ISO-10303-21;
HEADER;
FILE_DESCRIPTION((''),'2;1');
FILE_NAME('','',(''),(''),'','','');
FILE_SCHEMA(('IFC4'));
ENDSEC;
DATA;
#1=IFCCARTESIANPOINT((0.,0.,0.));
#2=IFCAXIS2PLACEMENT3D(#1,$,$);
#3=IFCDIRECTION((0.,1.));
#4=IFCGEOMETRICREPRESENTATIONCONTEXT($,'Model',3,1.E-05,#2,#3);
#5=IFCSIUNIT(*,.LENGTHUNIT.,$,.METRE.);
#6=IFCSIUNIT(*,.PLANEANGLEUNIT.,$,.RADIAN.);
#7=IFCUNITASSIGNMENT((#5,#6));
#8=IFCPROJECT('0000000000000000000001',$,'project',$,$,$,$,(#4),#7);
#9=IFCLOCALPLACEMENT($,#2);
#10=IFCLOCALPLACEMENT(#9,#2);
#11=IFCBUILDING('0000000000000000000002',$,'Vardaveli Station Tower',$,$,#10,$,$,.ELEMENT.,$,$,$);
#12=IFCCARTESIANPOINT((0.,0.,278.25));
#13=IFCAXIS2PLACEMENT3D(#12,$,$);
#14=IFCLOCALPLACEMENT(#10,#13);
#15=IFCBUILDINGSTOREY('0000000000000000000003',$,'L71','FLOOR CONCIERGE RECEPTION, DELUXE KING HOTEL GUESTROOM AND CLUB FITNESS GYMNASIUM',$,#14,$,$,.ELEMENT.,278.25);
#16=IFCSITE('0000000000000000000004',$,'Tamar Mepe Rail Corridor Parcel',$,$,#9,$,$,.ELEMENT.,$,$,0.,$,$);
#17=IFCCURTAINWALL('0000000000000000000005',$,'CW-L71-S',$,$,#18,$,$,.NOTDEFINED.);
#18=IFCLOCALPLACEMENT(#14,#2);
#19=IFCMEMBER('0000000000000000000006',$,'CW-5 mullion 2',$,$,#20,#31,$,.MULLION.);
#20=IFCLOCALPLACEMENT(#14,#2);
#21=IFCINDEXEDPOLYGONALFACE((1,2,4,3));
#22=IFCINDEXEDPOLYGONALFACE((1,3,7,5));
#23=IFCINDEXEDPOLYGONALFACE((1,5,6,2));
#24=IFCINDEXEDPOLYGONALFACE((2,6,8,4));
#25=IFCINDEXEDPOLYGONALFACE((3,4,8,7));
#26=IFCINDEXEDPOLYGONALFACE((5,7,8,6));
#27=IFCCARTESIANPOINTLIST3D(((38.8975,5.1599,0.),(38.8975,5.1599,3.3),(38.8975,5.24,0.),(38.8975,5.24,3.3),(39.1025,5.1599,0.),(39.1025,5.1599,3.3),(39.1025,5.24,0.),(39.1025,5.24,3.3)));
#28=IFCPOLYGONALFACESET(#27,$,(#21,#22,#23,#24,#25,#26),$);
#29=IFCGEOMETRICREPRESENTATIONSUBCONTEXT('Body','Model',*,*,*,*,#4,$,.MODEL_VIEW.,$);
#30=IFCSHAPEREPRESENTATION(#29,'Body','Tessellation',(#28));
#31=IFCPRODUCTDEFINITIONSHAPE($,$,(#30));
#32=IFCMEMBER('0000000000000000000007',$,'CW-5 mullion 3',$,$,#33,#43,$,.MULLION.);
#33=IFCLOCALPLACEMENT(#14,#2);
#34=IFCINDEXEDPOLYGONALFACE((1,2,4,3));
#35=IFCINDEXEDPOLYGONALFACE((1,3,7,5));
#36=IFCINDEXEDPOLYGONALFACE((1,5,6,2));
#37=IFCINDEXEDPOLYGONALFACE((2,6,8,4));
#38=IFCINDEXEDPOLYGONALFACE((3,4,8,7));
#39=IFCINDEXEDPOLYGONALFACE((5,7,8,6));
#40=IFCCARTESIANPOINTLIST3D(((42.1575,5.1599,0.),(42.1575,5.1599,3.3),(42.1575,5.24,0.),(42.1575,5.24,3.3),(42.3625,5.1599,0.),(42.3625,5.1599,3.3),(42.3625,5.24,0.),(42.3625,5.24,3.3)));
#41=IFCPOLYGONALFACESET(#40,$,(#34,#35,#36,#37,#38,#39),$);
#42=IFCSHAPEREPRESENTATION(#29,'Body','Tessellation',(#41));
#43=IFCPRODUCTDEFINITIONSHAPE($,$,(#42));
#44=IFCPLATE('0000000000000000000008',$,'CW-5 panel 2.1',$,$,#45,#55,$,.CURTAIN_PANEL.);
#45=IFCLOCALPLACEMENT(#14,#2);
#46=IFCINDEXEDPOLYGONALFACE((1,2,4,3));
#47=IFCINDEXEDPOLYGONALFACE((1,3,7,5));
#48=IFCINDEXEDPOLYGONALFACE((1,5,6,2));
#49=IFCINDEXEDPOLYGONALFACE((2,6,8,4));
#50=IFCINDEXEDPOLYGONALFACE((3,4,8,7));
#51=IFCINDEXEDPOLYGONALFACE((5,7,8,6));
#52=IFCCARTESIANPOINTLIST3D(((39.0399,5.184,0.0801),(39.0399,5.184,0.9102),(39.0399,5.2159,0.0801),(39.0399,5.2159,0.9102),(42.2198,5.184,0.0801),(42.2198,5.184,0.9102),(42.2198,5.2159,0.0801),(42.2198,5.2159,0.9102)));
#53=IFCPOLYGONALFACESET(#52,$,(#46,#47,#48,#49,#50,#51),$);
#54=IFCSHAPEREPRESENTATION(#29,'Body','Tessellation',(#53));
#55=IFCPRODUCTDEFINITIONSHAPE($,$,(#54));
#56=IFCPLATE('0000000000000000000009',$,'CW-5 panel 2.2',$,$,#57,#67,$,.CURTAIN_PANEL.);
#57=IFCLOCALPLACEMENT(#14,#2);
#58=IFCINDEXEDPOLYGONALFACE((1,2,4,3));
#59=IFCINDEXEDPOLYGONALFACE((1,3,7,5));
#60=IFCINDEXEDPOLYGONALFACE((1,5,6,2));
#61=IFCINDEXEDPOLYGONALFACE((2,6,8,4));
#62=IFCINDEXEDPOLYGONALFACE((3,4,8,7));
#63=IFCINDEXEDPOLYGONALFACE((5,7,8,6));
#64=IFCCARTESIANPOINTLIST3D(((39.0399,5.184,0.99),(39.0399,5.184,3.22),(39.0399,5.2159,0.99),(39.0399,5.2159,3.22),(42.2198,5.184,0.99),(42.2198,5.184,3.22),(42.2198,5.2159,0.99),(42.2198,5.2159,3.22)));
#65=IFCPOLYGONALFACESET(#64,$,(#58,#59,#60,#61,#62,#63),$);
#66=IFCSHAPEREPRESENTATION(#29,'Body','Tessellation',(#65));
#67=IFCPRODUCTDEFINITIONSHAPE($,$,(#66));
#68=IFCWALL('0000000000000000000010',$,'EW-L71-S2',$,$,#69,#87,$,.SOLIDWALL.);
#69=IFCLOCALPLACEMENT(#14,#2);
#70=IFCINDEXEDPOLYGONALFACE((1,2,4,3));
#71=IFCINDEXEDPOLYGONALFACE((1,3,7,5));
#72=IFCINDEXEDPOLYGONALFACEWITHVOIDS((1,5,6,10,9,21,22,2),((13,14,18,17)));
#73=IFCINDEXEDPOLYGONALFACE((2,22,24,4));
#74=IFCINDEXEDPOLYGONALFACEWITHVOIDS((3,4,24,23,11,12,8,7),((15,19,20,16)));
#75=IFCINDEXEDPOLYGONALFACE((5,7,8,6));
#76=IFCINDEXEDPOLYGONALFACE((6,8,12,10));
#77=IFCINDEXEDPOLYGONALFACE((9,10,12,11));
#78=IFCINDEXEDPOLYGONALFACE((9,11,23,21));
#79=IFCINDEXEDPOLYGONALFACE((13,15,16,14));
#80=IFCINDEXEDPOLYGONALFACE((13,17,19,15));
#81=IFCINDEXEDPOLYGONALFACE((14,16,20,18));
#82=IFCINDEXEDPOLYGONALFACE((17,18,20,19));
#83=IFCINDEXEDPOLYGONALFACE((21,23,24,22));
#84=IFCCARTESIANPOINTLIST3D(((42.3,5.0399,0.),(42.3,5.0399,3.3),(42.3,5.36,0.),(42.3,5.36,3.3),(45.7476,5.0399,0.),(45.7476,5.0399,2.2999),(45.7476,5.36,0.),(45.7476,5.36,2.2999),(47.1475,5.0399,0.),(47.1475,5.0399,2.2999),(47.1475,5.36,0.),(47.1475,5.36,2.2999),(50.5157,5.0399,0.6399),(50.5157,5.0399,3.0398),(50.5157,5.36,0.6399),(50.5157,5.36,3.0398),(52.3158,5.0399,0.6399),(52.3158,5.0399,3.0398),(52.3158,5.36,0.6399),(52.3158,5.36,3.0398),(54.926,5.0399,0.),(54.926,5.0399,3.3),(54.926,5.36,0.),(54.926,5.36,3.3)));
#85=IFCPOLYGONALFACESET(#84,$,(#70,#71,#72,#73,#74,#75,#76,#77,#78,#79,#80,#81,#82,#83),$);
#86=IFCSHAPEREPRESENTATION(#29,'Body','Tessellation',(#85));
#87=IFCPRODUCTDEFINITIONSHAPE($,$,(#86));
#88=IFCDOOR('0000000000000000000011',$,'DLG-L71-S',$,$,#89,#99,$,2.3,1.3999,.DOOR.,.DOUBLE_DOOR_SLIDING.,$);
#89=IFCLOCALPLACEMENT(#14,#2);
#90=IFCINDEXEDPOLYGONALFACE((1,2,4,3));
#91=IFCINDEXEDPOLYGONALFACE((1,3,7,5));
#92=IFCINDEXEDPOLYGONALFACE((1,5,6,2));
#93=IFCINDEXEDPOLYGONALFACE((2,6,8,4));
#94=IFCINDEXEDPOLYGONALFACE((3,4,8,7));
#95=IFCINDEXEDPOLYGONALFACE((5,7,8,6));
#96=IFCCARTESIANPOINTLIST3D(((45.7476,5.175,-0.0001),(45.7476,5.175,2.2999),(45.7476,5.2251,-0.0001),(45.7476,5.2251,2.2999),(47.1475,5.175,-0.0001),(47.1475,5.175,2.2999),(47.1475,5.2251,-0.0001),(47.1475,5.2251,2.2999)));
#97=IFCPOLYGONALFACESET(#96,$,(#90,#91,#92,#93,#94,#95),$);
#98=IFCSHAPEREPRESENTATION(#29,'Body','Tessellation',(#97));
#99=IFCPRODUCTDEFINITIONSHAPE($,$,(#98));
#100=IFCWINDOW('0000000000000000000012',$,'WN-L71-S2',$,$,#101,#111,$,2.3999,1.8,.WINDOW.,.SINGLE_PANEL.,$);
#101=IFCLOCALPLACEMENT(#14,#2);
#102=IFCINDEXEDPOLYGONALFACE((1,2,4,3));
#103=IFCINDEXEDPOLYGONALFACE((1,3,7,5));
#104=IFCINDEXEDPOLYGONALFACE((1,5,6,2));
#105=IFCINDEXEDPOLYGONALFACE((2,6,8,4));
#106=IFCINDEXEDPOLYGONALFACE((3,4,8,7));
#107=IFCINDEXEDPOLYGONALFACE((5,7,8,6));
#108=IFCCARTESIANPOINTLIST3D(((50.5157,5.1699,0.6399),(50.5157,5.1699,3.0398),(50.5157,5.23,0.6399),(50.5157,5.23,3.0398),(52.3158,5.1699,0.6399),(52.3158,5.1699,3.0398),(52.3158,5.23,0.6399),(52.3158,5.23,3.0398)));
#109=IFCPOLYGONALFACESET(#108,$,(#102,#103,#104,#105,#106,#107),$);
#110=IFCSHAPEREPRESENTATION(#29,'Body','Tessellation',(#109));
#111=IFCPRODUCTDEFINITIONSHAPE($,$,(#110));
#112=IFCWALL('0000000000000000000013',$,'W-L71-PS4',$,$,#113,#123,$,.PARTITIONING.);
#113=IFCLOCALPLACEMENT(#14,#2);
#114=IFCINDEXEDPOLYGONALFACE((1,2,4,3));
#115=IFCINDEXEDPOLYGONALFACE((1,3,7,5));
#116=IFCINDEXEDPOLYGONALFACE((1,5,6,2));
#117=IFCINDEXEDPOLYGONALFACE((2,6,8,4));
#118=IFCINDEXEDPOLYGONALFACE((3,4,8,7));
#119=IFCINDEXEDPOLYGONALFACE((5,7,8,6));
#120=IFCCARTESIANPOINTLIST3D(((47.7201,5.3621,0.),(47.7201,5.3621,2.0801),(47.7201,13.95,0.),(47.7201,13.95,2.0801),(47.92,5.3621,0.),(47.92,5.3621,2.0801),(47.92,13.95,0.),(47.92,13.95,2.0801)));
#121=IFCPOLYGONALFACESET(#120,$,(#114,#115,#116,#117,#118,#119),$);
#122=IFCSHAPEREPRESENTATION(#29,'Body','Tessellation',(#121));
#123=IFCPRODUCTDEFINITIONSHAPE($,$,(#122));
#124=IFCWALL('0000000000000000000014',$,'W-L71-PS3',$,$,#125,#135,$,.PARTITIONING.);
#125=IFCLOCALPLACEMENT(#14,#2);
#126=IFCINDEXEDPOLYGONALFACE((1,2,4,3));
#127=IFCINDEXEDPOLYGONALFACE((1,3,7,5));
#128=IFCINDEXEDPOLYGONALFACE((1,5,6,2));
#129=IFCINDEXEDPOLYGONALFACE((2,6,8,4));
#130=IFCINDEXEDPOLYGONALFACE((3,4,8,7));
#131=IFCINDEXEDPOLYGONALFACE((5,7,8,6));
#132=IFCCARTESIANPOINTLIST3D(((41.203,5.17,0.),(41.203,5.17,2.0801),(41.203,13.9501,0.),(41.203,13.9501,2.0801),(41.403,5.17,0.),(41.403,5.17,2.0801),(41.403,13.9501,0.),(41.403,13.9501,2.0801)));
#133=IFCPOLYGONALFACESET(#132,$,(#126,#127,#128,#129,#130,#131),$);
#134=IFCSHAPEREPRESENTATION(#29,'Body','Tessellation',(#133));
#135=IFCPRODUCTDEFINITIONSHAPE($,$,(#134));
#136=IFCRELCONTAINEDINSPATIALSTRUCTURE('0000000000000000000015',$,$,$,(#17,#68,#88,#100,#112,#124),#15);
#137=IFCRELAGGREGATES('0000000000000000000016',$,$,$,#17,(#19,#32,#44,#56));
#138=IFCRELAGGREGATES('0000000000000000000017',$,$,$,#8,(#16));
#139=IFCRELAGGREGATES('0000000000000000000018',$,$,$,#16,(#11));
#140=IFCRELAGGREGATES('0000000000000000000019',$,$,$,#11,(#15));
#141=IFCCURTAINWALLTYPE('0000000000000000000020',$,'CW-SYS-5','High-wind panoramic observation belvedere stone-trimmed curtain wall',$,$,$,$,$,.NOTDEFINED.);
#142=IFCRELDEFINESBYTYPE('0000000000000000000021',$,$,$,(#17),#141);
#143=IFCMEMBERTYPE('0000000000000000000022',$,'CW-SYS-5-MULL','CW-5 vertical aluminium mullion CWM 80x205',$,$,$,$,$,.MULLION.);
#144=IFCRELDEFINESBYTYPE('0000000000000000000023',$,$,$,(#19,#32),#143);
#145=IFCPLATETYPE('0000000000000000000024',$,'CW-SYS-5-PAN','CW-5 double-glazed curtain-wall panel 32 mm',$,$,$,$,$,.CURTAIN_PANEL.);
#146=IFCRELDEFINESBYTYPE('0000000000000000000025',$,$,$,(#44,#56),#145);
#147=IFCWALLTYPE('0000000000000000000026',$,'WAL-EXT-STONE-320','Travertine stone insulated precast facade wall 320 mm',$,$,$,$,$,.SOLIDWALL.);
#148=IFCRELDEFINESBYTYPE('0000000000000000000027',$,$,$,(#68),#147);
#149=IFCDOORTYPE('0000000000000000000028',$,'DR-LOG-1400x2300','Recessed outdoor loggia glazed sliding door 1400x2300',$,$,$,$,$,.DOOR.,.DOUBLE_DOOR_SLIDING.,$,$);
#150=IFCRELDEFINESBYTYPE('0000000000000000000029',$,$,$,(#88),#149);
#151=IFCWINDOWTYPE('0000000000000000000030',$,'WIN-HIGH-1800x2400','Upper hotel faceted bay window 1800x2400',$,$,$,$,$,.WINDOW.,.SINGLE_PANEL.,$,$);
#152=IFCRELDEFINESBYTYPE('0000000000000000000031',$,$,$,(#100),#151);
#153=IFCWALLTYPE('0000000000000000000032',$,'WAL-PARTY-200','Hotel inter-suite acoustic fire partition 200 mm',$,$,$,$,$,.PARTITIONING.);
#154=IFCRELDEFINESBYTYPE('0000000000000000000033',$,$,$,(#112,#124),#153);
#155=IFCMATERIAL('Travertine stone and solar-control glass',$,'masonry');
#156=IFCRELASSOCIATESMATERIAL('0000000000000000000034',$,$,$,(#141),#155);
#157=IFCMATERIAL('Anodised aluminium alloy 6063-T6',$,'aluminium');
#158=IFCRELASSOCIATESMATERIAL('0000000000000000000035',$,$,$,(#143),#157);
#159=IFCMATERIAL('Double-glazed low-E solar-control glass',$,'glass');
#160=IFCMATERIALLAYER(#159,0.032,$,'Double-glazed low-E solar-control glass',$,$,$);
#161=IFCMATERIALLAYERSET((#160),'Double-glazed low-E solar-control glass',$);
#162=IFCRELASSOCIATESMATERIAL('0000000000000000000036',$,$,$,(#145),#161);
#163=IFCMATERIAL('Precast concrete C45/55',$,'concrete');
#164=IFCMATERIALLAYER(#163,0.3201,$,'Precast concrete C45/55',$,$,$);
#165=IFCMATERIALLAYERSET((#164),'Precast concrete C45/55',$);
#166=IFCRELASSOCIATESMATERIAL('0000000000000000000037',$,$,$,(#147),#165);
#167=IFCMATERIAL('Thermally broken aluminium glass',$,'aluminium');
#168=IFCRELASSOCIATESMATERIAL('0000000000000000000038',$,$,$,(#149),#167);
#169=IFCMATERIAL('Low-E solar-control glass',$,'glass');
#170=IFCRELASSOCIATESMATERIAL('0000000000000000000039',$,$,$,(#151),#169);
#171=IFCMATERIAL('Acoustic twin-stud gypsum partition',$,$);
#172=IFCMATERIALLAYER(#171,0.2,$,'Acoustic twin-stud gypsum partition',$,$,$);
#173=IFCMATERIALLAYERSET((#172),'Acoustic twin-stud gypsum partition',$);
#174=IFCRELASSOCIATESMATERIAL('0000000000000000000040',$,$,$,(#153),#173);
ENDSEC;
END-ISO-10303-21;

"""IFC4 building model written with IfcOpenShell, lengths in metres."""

from ifc_helpers import new_model, si_unit, direction, frame, frame_2d, origin, origin_2d, place, context, subcontext, project, spatial, rectangle, extrude, source, transform, mapped, material, layer, layer_set, material_profile, profile_set, type_object, element, fill, aggregate, save


model = new_model("IFC4")

# Units and contexts
model_context = context("Model", 3, precision=1e-05, world=origin(), true_north=direction((0.0, 1.0)))
body_context = subcontext(model_context, "Body", "Model", "MODEL_VIEW")
ifc_project = project(units=[si_unit("LENGTHUNIT", "METRE"), si_unit("PLANEANGLEUNIT", "RADIAN")], contexts=[model_context])

# Site, building, storey
site_placement = place(None, origin())
site = spatial("IfcSite", under=ifc_project, at=site_placement, Name="Tamar Mepe Rail Corridor Parcel", CompositionType="ELEMENT", RefElevation=0.0)
building_placement = place(site_placement, origin())
building = spatial("IfcBuilding", under=site, at=building_placement, Name="Vardaveli Station Tower", CompositionType="ELEMENT")
storey_placement = place(building_placement, frame((0.0, 0.0, 278.25)))
storey = spatial("IfcBuildingStorey", under=building, at=storey_placement, Name="L71", Description="FLOOR CONCIERGE RECEPTION, DELUXE KING HOTEL GUESTROOM AND CLUB FITNESS GYMNASIUM", CompositionType="ELEMENT", Elevation=278.25)

# Shared definitions
ifc_material_1 = material(Name="Precast concrete C45/55", Category="concrete")

# Curtain wall, members, plates
ifc_material_2 = material(Name="Travertine stone and solar-control glass", Category="masonry")
curtain_wall_type = type_object("IfcCurtainWallType", Name="CW-SYS-5", Description="High-wind panoramic observation belvedere stone-trimmed curtain wall", PredefinedType="NOTDEFINED", material=ifc_material_2)
curtain_wall_placement = place(storey_placement, origin())
curtain_wall = element("IfcCurtainWall", 1, at=curtain_wall_placement, inside=storey, type_object=curtain_wall_type, Name="CW-L71-S", PredefinedType="NOTDEFINED")
ifc_material_3 = material(Name="Anodised aluminium alloy 6063-T6", Category="aluminium")
ifc_material_profile_1 = material_profile(ifc_material_3, rectangle(XDim=0.0801, YDim=0.2051, at=origin_2d()), Name="CWM 80x205")
ifc_profile_set_1 = profile_set([ifc_material_profile_1], Name="Anodised aluminium alloy 6063-T6")
member_type_1 = type_object("IfcMemberType", Name="CW-SYS-5-MULL", Description="CW-5 vertical aluminium mullion CWM 80x205", PredefinedType="MULLION", material=ifc_profile_set_1)
shared_shape_1 = source(origin(), body_context, "Body", "SweptSolid", [
    extrude(rectangle(XDim=0.0801, YDim=0.2051, at=origin_2d()), origin(), (0.0, 0.0, 1.0), 3.3),
])
member_1_placement = place(storey_placement, frame((39.0, 5.2, 0.0), z_axis=(0.0, 0.0, 1.0), x_axis=(0.0, 1.0, 0.0)))
member_1 = element("IfcMember", 2, at=member_1_placement, type_object=member_type_1, Name="CW-5 mullion 2", PredefinedType="MULLION", context=body_context, shape_type="MappedRepresentation", body=[
    mapped(shared_shape_1, transform((0.0, 0.0, 0.0), scale=1.0)),
])
member_2_placement = place(storey_placement, frame((42.26, 5.2, 0.0), z_axis=(0.0, 0.0, 1.0), x_axis=(0.0, 1.0, 0.0)))
member_2 = element("IfcMember", 3, at=member_2_placement, type_object=member_type_1, Name="CW-5 mullion 3", PredefinedType="MULLION", context=body_context, shape_type="MappedRepresentation", body=[
    mapped(shared_shape_1, transform((0.0, 0.0, 0.0), scale=1.0)),
])
ifc_material_4 = material(Name="Double-glazed low-E solar-control glass", Category="glass")
ifc_layer_1 = layer(ifc_material_4, 0.032, Name="Double-glazed low-E solar-control glass")
ifc_layer_set_1 = layer_set([ifc_layer_1], Name="Double-glazed low-E solar-control glass")
plate_type = type_object("IfcPlateType", Name="CW-SYS-5-PAN", Description="CW-5 double-glazed curtain-wall panel 32 mm", PredefinedType="CURTAIN_PANEL", material=ifc_layer_set_1)
shared_shape_2 = source(origin(), body_context, "Body", "SweptSolid", [
    extrude(rectangle(XDim=3.1799, YDim=0.032, at=origin_2d()), origin(), (0.0, 0.0, 1.0), 0.8301),
])
plate_1_placement = place(storey_placement, frame((40.6299, 5.2, 0.0801), z_axis=(0.0, 0.0, 1.0), x_axis=(1.0, 0.0, 0.0)))
plate_1 = element("IfcPlate", 4, at=plate_1_placement, type_object=plate_type, Name="CW-5 panel 2.1", PredefinedType="CURTAIN_PANEL", context=body_context, shape_type="MappedRepresentation", body=[
    mapped(shared_shape_2, transform((0.0, 0.0, 0.0), scale=1.0)),
])
shared_shape_3 = source(origin(), body_context, "Body", "SweptSolid", [
    extrude(rectangle(XDim=3.1799, YDim=0.032, at=origin_2d()), origin(), (0.0, 0.0, 1.0), 2.23),
])
plate_2_placement = place(storey_placement, frame((40.6299, 5.2, 0.99), z_axis=(0.0, 0.0, 1.0), x_axis=(1.0, 0.0, 0.0)))
plate_2 = element("IfcPlate", 5, at=plate_2_placement, type_object=plate_type, Name="CW-5 panel 2.2", PredefinedType="CURTAIN_PANEL", context=body_context, shape_type="MappedRepresentation", body=[
    mapped(shared_shape_3, transform((0.0, 0.0, 0.0), scale=1.0)),
])
aggregate(curtain_wall, [member_1, member_2, plate_1, plate_2])

# Wall, openings, door, window
ifc_layer_2 = layer(ifc_material_1, 0.3201, Name="Precast concrete C45/55")
ifc_layer_set_2 = layer_set([ifc_layer_2], Name="Precast concrete C45/55")
wall_type_1 = type_object("IfcWallType", Name="WAL-EXT-STONE-320", Description="Travertine stone insulated precast facade wall 320 mm", PredefinedType="SOLIDWALL", material=ifc_layer_set_2)
shared_shape_4 = source(origin(), body_context, "Body", "SweptSolid", [
    extrude(rectangle(XDim=12.626, YDim=0.3201, at=frame_2d((6.313, 0.0))), origin(), (0.0, 0.0, 1.0), 3.3),
])
wall_1_placement = place(storey_placement, frame((42.3, 5.2, 0.0), z_axis=(0.0, 0.0, 1.0), x_axis=(1.0, 0.0, 0.0)))
wall_1 = element("IfcWall", 6, at=wall_1_placement, inside=storey, type_object=wall_type_1, Name="EW-L71-S2", PredefinedType="SOLIDWALL", context=body_context, shape_type="MappedRepresentation", body=[
    mapped(shared_shape_4, transform((0.0, 0.0, 0.0), scale=1.0)),
])
shared_shape_5 = source(origin(), body_context, "Body", "SweptSolid", [
    extrude(rectangle(XDim=1.3999, YDim=2.3, at=frame_2d((0.7, 1.1499))), frame((0.0, 0.1699, 0.0), z_axis=(0.0, -1.0, 0.0), x_axis=(1.0, 0.0, 0.0)), (0.0, 0.0, 1.0), 0.3401),
])
opening_1_placement = place(wall_1_placement, frame((3.4475, 0.0, 0.0)))
opening_1 = element("IfcOpeningElement", 7, at=opening_1_placement, cuts=wall_1, PredefinedType="OPENING", context=body_context, shape_type="MappedRepresentation", body=[
    mapped(shared_shape_5, transform((0.0, 0.0, 0.0), scale=1.0)),
])
shared_shape_6 = source(origin(), body_context, "Body", "SweptSolid", [
    extrude(rectangle(XDim=1.8, YDim=2.3999, at=frame_2d((0.8999, 1.2))), frame((0.0, 0.1699, 0.0), z_axis=(0.0, -1.0, 0.0), x_axis=(1.0, 0.0, 0.0)), (0.0, 0.0, 1.0), 0.3401),
])
opening_2_placement = place(wall_1_placement, frame((8.2158, 0.0, 0.6399)))
opening_2 = element("IfcOpeningElement", 8, at=opening_2_placement, cuts=wall_1, PredefinedType="OPENING", context=body_context, shape_type="MappedRepresentation", body=[
    mapped(shared_shape_6, transform((0.0, 0.0, 0.0), scale=1.0)),
])
ifc_material_5 = material(Name="Thermally broken aluminium glass", Category="aluminium")
door_type = type_object("IfcDoorType", Name="DR-LOG-1400x2300", Description="Recessed outdoor loggia glazed sliding door 1400x2300", OperationType="DOUBLE_DOOR_SLIDING", PredefinedType="DOOR", material=ifc_material_5)
shared_shape_7 = source(origin(), body_context, "Body", "SweptSolid", [
    extrude(rectangle(XDim=1.3999, YDim=2.3, at=frame_2d((0.7, 1.1499))), frame((0.0, 0.0249, 0.0), z_axis=(0.0, -1.0, 0.0), x_axis=(1.0, 0.0, 0.0)), (0.0, 0.0, 1.0), 0.05),
])
door_placement = place(opening_1_placement, frame((1.3999, 0.0, 0.0), z_axis=(0.0, 0.0, 1.0), x_axis=(-1.0, 0.0, 0.0)))
door = element("IfcDoor", 9, at=door_placement, inside=storey, type_object=door_type, Name="DLG-L71-S", OperationType="DOUBLE_DOOR_SLIDING", OverallHeight=2.3, OverallWidth=1.3999, PredefinedType="DOOR", context=body_context, shape_type="MappedRepresentation", body=[
    mapped(shared_shape_7, transform((0.0, 0.0, 0.0), scale=1.0)),
])
fill(opening_1, door)
ifc_material_6 = material(Name="Low-E solar-control glass", Category="glass")
window_type = type_object("IfcWindowType", Name="WIN-HIGH-1800x2400", Description="Upper hotel faceted bay window 1800x2400", PartitioningType="SINGLE_PANEL", PredefinedType="WINDOW", material=ifc_material_6)
shared_shape_8 = source(origin(), body_context, "Body", "SweptSolid", [
    extrude(rectangle(XDim=1.8, YDim=2.3999, at=frame_2d((0.8999, 1.2))), frame((0.0, 0.03, 0.0), z_axis=(0.0, -1.0, 0.0), x_axis=(1.0, 0.0, 0.0)), (0.0, 0.0, 1.0), 0.0601),
])
window_placement = place(opening_2_placement, origin())
window = element("IfcWindow", 10, at=window_placement, inside=storey, type_object=window_type, Name="WN-L71-S2", OverallHeight=2.3999, OverallWidth=1.8, PartitioningType="SINGLE_PANEL", PredefinedType="WINDOW", context=body_context, shape_type="MappedRepresentation", body=[
    mapped(shared_shape_8, transform((0.0, 0.0, 0.0), scale=1.0)),
])
fill(opening_2, window)

# Walls
ifc_material_7 = material(Name="Acoustic twin-stud gypsum partition")
ifc_layer_3 = layer(ifc_material_7, 0.2, Name="Acoustic twin-stud gypsum partition")
ifc_layer_set_3 = layer_set([ifc_layer_3], Name="Acoustic twin-stud gypsum partition")
wall_type_2 = type_object("IfcWallType", Name="WAL-PARTY-200", Description="Hotel inter-suite acoustic fire partition 200 mm", PredefinedType="PARTITIONING", material=ifc_layer_set_3)
shared_shape_9 = source(origin(), body_context, "Body", "SweptSolid", [
    extrude(rectangle(XDim=8.5879, YDim=0.2, at=frame_2d((4.2939, 0.0))), origin(), (0.0, 0.0, 1.0), 2.0801),
])
wall_2_placement = place(storey_placement, frame((47.8201, 5.3621, 0.0), z_axis=(0.0, 0.0, 1.0), x_axis=(0.0, 1.0, 0.0)))
element("IfcWall", 11, at=wall_2_placement, inside=storey, type_object=wall_type_2, Name="W-L71-PS4", PredefinedType="PARTITIONING", context=body_context, shape_type="MappedRepresentation", body=[
    mapped(shared_shape_9, transform((0.0, 0.0, 0.0), scale=1.0)),
])
shared_shape_10 = source(origin(), body_context, "Body", "SweptSolid", [
    extrude(rectangle(XDim=8.78, YDim=0.2, at=frame_2d((4.3901, 0.0))), origin(), (0.0, 0.0, 1.0), 2.0801),
])
wall_3_placement = place(storey_placement, frame((41.303, 5.1699, 0.0), z_axis=(0.0, 0.0, 1.0), x_axis=(0.0, 1.0, 0.0)))
element("IfcWall", 12, at=wall_3_placement, inside=storey, type_object=wall_type_2, Name="W-L71-PS3", PredefinedType="PARTITIONING", context=body_context, shape_type="MappedRepresentation", body=[
    mapped(shared_shape_10, transform((0.0, 0.0, 0.0), scale=1.0)),
])

save(model, "model.ifc")
